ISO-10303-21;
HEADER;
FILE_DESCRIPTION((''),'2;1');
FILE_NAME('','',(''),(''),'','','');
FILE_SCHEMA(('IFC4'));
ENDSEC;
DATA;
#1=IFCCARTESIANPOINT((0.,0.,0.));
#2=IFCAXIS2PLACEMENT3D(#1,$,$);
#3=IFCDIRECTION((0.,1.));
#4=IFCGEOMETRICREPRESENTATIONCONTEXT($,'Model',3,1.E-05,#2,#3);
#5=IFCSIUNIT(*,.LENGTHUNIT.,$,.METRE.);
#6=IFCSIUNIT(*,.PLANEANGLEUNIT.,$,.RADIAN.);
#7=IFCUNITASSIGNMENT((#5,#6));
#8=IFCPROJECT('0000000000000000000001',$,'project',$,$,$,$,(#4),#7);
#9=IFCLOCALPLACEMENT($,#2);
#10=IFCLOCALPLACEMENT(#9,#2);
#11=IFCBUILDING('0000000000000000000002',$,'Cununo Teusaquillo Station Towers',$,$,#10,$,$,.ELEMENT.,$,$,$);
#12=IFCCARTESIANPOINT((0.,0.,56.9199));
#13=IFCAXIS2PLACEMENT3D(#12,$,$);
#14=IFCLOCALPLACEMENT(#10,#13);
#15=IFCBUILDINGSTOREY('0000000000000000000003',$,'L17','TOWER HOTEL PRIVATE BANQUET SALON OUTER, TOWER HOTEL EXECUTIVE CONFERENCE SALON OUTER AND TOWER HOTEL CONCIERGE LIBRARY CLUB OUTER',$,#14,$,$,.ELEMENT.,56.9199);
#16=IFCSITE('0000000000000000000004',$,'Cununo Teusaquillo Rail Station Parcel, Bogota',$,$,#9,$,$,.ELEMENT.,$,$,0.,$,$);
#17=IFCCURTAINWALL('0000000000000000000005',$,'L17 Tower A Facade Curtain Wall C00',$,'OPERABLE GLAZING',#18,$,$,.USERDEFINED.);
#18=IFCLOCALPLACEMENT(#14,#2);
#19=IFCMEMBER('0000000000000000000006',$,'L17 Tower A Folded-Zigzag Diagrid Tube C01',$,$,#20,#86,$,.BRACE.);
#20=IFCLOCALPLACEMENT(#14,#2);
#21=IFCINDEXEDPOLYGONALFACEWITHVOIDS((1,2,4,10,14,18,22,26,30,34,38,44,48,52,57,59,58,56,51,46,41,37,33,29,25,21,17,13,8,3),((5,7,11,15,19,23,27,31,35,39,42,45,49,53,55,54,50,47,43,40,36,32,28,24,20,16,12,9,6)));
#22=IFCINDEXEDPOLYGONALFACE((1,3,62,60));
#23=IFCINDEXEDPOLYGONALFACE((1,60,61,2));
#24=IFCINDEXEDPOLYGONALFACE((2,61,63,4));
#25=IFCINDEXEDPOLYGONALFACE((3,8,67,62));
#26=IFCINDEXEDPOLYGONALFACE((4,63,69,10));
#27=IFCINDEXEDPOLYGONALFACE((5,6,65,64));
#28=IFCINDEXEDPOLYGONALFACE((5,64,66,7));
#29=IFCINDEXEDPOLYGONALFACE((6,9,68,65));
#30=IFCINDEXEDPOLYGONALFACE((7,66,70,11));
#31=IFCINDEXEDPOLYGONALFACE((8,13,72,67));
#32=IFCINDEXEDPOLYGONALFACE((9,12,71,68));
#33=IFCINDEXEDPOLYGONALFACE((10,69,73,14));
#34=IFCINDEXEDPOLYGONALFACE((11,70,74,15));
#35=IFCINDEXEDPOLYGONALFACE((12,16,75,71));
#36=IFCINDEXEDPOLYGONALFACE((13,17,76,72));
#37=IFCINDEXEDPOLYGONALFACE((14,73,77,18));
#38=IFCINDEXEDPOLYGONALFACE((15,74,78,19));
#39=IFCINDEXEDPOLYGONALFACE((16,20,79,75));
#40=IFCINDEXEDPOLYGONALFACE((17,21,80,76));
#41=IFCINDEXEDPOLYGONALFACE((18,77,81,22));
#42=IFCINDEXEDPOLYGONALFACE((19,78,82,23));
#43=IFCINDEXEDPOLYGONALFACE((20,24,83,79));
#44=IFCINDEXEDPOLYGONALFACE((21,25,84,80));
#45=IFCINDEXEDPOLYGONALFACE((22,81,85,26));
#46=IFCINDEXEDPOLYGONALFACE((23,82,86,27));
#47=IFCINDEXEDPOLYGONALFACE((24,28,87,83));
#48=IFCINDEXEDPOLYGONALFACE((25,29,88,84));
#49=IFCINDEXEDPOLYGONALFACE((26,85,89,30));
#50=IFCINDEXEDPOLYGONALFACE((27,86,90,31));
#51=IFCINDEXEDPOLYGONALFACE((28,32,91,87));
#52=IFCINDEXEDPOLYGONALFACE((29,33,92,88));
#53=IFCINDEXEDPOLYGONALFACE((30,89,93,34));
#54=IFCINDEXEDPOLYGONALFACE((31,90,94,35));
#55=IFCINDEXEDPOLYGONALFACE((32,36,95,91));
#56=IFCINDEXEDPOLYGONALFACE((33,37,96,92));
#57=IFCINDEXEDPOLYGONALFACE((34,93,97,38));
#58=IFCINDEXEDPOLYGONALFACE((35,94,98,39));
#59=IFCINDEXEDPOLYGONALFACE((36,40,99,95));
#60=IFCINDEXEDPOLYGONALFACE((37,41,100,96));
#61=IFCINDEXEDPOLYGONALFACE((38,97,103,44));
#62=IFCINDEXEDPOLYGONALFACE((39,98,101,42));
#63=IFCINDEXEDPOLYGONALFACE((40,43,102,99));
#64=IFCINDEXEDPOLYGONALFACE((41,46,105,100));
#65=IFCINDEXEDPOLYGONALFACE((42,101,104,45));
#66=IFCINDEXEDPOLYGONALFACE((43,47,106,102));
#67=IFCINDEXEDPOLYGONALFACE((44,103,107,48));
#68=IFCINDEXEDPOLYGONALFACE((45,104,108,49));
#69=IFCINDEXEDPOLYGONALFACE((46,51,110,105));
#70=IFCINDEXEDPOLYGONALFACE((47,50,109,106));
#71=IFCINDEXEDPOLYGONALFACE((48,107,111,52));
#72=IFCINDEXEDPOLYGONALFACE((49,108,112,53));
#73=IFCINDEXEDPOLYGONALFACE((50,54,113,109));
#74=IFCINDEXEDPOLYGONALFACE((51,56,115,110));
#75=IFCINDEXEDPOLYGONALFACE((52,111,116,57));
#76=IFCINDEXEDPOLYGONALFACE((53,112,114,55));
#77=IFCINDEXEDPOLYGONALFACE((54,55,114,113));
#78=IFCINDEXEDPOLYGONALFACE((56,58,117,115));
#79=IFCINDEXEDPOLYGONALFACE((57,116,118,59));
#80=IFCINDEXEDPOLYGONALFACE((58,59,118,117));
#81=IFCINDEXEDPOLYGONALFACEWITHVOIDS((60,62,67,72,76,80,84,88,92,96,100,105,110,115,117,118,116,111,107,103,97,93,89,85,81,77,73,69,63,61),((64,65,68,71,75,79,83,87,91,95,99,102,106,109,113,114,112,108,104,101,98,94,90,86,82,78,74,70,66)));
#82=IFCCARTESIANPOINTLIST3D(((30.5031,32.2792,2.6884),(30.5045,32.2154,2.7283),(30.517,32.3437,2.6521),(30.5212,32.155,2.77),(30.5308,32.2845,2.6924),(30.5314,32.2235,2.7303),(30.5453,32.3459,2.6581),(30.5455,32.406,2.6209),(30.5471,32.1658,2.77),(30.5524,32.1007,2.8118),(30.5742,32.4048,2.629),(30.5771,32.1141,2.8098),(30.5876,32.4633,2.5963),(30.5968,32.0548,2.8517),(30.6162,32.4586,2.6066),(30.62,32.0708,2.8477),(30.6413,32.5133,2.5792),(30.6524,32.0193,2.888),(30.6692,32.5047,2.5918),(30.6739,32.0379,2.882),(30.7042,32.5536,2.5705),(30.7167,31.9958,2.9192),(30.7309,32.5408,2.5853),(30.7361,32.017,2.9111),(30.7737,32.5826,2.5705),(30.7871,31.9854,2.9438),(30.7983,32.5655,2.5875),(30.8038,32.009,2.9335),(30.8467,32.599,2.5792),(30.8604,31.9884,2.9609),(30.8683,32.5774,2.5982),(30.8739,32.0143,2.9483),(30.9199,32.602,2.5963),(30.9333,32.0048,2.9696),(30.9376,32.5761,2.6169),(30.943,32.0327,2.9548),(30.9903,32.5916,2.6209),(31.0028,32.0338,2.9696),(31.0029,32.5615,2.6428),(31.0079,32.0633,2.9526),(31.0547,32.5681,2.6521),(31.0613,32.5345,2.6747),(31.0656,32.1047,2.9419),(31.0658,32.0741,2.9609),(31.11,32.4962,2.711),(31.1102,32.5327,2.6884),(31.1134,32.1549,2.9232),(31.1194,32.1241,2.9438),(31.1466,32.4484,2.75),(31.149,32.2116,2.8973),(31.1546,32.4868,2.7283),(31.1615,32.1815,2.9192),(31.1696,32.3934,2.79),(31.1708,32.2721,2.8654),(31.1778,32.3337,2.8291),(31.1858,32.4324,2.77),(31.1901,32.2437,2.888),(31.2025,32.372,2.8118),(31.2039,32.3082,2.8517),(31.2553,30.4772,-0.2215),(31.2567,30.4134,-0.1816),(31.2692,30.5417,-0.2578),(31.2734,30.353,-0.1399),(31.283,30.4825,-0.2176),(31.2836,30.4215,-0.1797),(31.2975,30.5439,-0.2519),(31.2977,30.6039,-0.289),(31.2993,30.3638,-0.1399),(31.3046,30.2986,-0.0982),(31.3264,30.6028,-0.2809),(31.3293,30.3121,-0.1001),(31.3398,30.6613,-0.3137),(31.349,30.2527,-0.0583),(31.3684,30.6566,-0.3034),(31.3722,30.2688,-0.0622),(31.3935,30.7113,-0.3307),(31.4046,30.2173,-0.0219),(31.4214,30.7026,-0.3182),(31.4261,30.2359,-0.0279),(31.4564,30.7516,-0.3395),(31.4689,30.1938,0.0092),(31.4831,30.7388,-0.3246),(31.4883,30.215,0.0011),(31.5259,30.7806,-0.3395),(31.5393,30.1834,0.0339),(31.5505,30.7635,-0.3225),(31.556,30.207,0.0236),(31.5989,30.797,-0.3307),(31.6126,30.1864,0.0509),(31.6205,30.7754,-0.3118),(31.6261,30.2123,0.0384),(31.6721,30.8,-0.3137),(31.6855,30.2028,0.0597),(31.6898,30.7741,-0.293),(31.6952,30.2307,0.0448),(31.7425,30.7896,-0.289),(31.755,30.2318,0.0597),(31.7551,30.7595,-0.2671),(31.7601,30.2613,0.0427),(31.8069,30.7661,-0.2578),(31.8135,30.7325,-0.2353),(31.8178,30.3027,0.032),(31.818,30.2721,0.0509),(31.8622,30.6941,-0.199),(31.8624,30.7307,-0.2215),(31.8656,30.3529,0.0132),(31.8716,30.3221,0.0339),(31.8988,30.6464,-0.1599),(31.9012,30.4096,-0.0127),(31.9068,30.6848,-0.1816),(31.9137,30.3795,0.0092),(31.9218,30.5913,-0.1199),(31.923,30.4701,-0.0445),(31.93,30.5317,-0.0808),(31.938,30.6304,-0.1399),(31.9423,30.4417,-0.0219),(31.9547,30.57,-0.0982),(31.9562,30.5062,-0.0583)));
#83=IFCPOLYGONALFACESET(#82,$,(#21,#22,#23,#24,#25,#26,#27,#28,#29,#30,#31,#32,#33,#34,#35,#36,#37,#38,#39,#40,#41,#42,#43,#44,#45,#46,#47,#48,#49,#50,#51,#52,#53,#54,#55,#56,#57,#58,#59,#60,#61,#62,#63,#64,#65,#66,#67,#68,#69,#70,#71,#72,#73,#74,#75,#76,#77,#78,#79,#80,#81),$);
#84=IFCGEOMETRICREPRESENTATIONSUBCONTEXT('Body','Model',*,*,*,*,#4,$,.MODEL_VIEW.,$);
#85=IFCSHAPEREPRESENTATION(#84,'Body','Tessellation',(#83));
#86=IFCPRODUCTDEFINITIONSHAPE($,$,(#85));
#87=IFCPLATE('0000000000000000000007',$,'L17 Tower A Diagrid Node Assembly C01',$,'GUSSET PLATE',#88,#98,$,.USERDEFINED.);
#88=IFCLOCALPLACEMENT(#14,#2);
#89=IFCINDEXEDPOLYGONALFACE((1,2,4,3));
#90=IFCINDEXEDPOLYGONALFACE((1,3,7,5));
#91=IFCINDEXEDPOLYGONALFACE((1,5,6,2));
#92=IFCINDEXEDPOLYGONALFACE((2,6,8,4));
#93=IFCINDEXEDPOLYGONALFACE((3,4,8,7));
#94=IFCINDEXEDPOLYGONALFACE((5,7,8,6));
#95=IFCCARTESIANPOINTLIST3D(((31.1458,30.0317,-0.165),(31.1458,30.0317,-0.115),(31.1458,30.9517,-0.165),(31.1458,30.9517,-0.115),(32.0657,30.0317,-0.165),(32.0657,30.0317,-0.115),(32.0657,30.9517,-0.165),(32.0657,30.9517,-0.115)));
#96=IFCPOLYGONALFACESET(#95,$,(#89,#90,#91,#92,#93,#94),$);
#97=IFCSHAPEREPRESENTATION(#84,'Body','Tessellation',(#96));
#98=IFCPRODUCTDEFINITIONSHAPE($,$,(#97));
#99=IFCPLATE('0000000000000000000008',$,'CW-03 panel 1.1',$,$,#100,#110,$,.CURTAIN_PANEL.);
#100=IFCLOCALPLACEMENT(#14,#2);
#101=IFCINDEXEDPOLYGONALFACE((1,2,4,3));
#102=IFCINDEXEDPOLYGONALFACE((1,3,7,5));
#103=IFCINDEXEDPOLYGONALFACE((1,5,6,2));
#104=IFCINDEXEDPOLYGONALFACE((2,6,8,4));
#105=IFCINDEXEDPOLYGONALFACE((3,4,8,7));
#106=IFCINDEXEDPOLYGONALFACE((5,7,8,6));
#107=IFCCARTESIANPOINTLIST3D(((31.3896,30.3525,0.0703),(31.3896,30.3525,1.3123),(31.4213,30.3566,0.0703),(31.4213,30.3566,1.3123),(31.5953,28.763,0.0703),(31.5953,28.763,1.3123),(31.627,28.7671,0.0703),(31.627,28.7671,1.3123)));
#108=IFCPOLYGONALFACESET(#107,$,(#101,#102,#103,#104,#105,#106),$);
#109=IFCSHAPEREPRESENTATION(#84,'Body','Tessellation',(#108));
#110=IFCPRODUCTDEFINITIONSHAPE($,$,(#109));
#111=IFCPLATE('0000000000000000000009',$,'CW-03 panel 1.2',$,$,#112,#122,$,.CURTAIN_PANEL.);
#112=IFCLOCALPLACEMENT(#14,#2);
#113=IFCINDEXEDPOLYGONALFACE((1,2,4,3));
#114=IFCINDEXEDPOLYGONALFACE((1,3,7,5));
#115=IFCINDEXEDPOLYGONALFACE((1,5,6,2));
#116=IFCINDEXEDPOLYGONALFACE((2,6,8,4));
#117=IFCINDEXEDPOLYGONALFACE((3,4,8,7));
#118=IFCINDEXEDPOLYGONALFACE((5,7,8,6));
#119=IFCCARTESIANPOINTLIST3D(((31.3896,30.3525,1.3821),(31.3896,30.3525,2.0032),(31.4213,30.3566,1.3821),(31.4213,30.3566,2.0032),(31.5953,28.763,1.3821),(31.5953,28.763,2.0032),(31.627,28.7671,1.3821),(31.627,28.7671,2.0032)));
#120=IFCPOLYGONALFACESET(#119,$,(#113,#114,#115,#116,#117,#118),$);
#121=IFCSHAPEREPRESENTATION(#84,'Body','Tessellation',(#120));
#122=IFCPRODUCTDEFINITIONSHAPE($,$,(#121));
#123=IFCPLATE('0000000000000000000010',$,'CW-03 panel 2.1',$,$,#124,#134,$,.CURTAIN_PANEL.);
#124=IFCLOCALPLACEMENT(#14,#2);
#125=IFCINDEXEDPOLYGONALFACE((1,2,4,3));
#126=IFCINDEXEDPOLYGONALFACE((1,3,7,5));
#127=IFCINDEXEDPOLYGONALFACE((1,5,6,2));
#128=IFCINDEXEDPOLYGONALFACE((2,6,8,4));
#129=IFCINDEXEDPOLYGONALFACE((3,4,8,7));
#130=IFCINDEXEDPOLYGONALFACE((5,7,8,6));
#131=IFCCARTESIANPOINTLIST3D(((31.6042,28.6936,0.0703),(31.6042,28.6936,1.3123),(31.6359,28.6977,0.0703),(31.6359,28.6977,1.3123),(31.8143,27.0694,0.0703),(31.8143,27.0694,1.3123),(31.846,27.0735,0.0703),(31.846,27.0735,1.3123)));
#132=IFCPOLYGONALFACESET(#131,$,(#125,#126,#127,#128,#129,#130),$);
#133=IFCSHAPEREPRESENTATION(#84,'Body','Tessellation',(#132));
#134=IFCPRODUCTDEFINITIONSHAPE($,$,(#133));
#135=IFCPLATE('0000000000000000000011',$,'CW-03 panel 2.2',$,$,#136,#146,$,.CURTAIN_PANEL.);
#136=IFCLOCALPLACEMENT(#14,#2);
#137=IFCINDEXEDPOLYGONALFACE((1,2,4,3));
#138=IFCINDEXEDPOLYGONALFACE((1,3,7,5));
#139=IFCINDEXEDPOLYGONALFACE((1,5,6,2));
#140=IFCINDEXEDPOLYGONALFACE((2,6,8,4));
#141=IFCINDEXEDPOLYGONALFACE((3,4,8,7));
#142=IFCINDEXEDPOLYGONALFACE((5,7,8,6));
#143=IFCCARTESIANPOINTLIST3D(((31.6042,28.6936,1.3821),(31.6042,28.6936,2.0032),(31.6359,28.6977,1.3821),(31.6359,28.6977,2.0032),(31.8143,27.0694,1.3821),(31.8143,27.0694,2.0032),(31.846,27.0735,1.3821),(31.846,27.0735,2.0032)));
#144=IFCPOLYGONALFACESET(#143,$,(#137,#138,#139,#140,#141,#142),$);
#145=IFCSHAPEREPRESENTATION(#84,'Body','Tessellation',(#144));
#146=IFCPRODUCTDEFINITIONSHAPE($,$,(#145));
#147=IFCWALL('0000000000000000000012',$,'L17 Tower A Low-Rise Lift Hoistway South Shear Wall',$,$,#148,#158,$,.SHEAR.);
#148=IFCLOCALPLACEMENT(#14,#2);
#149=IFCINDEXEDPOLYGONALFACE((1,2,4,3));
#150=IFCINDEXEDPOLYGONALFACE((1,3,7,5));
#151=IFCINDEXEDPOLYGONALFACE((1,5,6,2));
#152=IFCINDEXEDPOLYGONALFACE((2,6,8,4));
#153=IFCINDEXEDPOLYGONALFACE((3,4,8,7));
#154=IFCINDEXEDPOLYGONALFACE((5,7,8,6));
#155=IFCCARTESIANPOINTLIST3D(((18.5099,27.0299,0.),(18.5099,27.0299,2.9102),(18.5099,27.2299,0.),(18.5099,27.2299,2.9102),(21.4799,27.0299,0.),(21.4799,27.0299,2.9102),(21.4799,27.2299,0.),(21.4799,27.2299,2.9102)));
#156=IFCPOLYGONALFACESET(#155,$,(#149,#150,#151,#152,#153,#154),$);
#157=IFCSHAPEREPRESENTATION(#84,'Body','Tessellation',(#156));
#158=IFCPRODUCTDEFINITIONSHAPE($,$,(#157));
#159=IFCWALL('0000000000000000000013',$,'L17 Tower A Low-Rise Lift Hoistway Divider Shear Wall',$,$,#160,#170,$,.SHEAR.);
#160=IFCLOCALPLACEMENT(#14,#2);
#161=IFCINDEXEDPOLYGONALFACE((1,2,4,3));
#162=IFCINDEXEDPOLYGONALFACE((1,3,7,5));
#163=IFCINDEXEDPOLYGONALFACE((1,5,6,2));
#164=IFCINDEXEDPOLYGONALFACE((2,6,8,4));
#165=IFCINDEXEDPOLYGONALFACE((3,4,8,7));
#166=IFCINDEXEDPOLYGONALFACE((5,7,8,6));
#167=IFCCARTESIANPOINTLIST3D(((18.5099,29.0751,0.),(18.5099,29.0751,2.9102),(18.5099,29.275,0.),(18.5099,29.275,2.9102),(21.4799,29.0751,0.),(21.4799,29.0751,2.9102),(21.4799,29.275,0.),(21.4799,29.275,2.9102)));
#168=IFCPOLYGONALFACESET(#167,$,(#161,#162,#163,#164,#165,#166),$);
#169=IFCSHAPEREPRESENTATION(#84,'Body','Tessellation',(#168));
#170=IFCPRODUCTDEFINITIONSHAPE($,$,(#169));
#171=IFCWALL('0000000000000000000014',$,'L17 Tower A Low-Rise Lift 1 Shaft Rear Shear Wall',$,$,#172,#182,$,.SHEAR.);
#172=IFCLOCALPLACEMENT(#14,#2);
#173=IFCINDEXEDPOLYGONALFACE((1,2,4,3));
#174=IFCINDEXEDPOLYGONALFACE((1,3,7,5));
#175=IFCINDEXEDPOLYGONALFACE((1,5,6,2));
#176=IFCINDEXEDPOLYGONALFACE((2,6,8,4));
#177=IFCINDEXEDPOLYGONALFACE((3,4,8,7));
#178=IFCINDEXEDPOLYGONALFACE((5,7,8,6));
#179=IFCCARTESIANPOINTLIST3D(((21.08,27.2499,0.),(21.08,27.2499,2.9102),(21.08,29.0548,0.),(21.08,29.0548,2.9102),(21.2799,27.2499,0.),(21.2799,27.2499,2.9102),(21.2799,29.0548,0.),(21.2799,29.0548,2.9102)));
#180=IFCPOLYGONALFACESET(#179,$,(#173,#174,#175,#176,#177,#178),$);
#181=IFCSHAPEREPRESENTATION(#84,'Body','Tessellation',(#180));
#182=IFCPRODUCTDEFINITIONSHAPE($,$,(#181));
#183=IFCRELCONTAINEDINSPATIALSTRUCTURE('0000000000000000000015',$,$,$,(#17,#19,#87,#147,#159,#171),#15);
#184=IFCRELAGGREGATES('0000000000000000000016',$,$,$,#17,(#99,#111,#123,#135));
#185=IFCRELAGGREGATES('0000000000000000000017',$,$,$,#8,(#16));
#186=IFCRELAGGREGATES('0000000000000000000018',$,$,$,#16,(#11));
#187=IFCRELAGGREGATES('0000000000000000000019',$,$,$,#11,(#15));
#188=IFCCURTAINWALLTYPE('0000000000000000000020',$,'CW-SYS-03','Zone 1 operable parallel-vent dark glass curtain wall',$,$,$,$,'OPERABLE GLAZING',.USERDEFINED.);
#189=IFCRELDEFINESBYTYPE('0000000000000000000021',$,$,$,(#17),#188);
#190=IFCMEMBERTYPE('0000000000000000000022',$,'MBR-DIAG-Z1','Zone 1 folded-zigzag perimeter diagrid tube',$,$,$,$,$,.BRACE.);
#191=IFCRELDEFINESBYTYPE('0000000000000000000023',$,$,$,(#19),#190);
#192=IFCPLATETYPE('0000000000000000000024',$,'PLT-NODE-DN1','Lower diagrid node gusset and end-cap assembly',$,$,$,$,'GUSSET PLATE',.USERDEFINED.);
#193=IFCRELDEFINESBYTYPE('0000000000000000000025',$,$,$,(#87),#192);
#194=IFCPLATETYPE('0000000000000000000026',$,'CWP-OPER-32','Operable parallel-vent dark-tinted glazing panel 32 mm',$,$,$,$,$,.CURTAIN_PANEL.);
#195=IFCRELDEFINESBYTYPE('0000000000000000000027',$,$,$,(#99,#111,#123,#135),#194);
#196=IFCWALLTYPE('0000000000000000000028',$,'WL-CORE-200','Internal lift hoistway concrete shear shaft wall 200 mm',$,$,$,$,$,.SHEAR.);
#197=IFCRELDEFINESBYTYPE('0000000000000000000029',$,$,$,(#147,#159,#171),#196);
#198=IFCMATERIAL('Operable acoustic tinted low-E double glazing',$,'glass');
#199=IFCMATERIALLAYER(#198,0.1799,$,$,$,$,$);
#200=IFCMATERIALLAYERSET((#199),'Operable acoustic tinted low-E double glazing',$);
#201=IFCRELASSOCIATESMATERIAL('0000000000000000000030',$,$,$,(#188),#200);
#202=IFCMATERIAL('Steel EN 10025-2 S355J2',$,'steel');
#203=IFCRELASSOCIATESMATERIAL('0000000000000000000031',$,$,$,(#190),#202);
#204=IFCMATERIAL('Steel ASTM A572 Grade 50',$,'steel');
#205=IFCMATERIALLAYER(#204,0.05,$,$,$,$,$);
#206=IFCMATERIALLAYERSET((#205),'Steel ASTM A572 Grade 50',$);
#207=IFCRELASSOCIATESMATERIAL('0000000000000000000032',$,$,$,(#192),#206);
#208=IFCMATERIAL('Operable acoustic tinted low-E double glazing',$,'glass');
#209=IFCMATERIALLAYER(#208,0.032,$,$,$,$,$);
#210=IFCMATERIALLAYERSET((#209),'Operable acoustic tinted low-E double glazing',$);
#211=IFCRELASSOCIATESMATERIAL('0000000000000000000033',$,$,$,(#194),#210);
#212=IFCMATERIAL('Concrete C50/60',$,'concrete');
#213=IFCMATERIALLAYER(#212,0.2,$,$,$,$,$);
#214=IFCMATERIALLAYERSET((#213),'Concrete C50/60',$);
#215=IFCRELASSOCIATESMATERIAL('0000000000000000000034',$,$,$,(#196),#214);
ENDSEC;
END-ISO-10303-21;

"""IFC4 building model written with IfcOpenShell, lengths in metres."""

from ifc_helpers import new_model, si_unit, direction, frame, frame_2d, origin, origin_2d, place, context, subcontext, project, spatial, rectangle, hollow_circle, extrude, source, transform, mapped, material, layer, layer_set, material_profile, profile_set, type_object, element, aggregate, save


model = new_model("IFC4")

# Units and contexts
model_context = context("Model", 3, precision=1e-05, world=origin(), true_north=direction((0.0, 1.0)))
body_context = subcontext(model_context, "Body", "Model", "MODEL_VIEW")
ifc_project = project(units=[si_unit("LENGTHUNIT", "METRE"), si_unit("PLANEANGLEUNIT", "RADIAN")], contexts=[model_context])

# Site, building, storey
site_placement = place(None, origin())
site = spatial("IfcSite", under=ifc_project, at=site_placement, Name="Cununo Teusaquillo Rail Station Parcel, Bogota", CompositionType="ELEMENT", RefElevation=0.0)
building_placement = place(site_placement, origin())
building = spatial("IfcBuilding", under=site, at=building_placement, Name="Cununo Teusaquillo Station Towers", CompositionType="ELEMENT")
storey_placement = place(building_placement, frame((0.0, 0.0, 56.9199)))
storey = spatial("IfcBuildingStorey", under=building, at=storey_placement, Name="L17", Description="TOWER HOTEL PRIVATE BANQUET SALON OUTER, TOWER HOTEL EXECUTIVE CONFERENCE SALON OUTER AND TOWER HOTEL CONCIERGE LIBRARY CLUB OUTER", CompositionType="ELEMENT", Elevation=56.9199)

# Curtain wall
ifc_material_1 = material(Name="Operable acoustic tinted low-E double glazing", Category="glass")
ifc_layer_1 = layer(ifc_material_1, 0.1799)
ifc_layer_set_1 = layer_set([ifc_layer_1], Name="Operable acoustic tinted low-E double glazing")
curtain_wall_type = type_object("IfcCurtainWallType", Name="CW-SYS-03", Description="Zone 1 operable parallel-vent dark glass curtain wall", ElementType="OPERABLE GLAZING", PredefinedType="USERDEFINED", material=ifc_layer_set_1)
curtain_wall_placement = place(storey_placement, origin())
curtain_wall = element("IfcCurtainWall", 1, at=curtain_wall_placement, inside=storey, type_object=curtain_wall_type, Name="L17 Tower A Facade Curtain Wall C00", ObjectType="OPERABLE GLAZING", PredefinedType="USERDEFINED")

# Member
ifc_material_2 = material(Name="Steel EN 10025-2 S355J2", Category="steel")
ifc_material_profile_1 = material_profile(ifc_material_2, hollow_circle(Radius=0.3601, WallThickness=0.0281, at=origin_2d()), Name="CHS 720x28")
ifc_profile_set_1 = profile_set([ifc_material_profile_1], Name="Steel EN 10025-2 S355J2")
member_type_1 = type_object("IfcMemberType", Name="MBR-DIAG-Z1", Description="Zone 1 folded-zigzag perimeter diagrid tube", PredefinedType="BRACE", material=ifc_profile_set_1)
member_1_placement = place(storey_placement, frame((31.6057, 30.4917, -0.1399), z_axis=(-0.214646, 0.514216, 0.830367), x_axis=(-0.922829, -0.38521, 0.0)))
element("IfcMember", 2, at=member_1_placement, inside=storey, type_object=member_type_1, Name="L17 Tower A Folded-Zigzag Diagrid Tube C01", PredefinedType="BRACE", context=body_context, shape_type="SweptSolid", body=[
    extrude(hollow_circle(Radius=0.3601, WallThickness=0.0281, at=origin_2d()), origin(), (0.0, 0.0, 1.0), 3.5044),
])

# Plates
ifc_material_3 = material(Name="Steel ASTM A572 Grade 50", Category="steel")
ifc_layer_2 = layer(ifc_material_3, 0.05)
ifc_layer_set_2 = layer_set([ifc_layer_2], Name="Steel ASTM A572 Grade 50")
plate_type_1 = type_object("IfcPlateType", Name="PLT-NODE-DN1", Description="Lower diagrid node gusset and end-cap assembly", ElementType="GUSSET PLATE", PredefinedType="USERDEFINED", material=ifc_layer_set_2)
shared_shape_1 = source(origin(), body_context, "Body", "SweptSolid", [
    extrude(rectangle(XDim=0.9199, YDim=0.9199, at=origin_2d()), origin(), (0.0, 0.0, 1.0), 0.05),
])
plate_1_placement = place(storey_placement, frame((31.6057, 30.4917, -0.165), z_axis=(0.0, 0.0, 1.0), x_axis=(1.0, 0.0, 0.0)))
element("IfcPlate", 3, at=plate_1_placement, inside=storey, type_object=plate_type_1, Name="L17 Tower A Diagrid Node Assembly C01", ObjectType="GUSSET PLATE", PredefinedType="USERDEFINED", context=body_context, shape_type="MappedRepresentation", body=[
    mapped(shared_shape_1, transform((0.0, 0.0, 0.0), x_axis=(1.0, 0.0, 0.0), y_axis=(0.0, 1.0, 0.0), z_axis=(0.0, 0.0, 1.0), scale=1.0)),
])
ifc_material_4 = material(Name="Operable acoustic tinted low-E double glazing", Category="glass")
ifc_layer_3 = layer(ifc_material_4, 0.032)
ifc_layer_set_3 = layer_set([ifc_layer_3], Name="Operable acoustic tinted low-E double glazing")
plate_type_2 = type_object("IfcPlateType", Name="CWP-OPER-32", Description="Operable parallel-vent dark-tinted glazing panel 32 mm", PredefinedType="CURTAIN_PANEL", material=ifc_layer_set_3)
shared_shape_2 = source(origin(), body_context, "Body", "SweptSolid", [
    extrude(rectangle(XDim=1.6028, YDim=0.032, at=origin_2d()), origin(), (0.0, 0.0, 1.0), 1.2419),
])
plate_2_placement = place(storey_placement, frame((31.5083, 29.5598, 0.0703), z_axis=(0.0, 0.0, 1.0), x_axis=(0.128336, -0.991731, 0.0)))
plate_2 = element("IfcPlate", 4, at=plate_2_placement, type_object=plate_type_2, Name="CW-03 panel 1.1", PredefinedType="CURTAIN_PANEL", context=body_context, shape_type="MappedRepresentation", body=[
    mapped(shared_shape_2, transform((0.0, 0.0, 0.0), x_axis=(1.0, 0.0, 0.0), y_axis=(0.0, 1.0, 0.0), z_axis=(0.0, 0.0, 1.0), scale=1.0)),
])
shared_shape_3 = source(origin(), body_context, "Body", "SweptSolid", [
    extrude(rectangle(XDim=1.6028, YDim=0.032, at=origin_2d()), origin(), (0.0, 0.0, 1.0), 0.6211),
])
plate_3_placement = place(storey_placement, frame((31.5083, 29.5598, 1.3821), z_axis=(0.0, 0.0, 1.0), x_axis=(0.128336, -0.991731, 0.0)))
plate_3 = element("IfcPlate", 5, at=plate_3_placement, type_object=plate_type_2, Name="CW-03 panel 1.2", PredefinedType="CURTAIN_PANEL", context=body_context, shape_type="MappedRepresentation", body=[
    mapped(shared_shape_3, transform((0.0, 0.0, 0.0), x_axis=(1.0, 0.0, 0.0), y_axis=(0.0, 1.0, 0.0), z_axis=(0.0, 0.0, 1.0), scale=1.0)),
])
shared_shape_4 = source(origin(), body_context, "Body", "SweptSolid", [
    extrude(rectangle(XDim=1.6377, YDim=0.032, at=origin_2d()), origin(), (0.0, 0.0, 1.0), 1.2419),
])
plate_4_placement = place(storey_placement, frame((31.7251, 27.8835, 0.0703), z_axis=(0.0, 0.0, 1.0), x_axis=(0.128336, -0.991731, 0.0)))
plate_4 = element("IfcPlate", 6, at=plate_4_placement, type_object=plate_type_2, Name="CW-03 panel 2.1", PredefinedType="CURTAIN_PANEL", context=body_context, shape_type="MappedRepresentation", body=[
    mapped(shared_shape_4, transform((0.0, 0.0, 0.0), x_axis=(1.0, 0.0, 0.0), y_axis=(0.0, 1.0, 0.0), z_axis=(0.0, 0.0, 1.0), scale=1.0)),
])
shared_shape_5 = source(origin(), body_context, "Body", "SweptSolid", [
    extrude(rectangle(XDim=1.6377, YDim=0.032, at=origin_2d()), origin(), (0.0, 0.0, 1.0), 0.6211),
])
plate_5_placement = place(storey_placement, frame((31.7251, 27.8835, 1.3821), z_axis=(0.0, 0.0, 1.0), x_axis=(0.128336, -0.991731, 0.0)))
plate_5 = element("IfcPlate", 7, at=plate_5_placement, type_object=plate_type_2, Name="CW-03 panel 2.2", PredefinedType="CURTAIN_PANEL", context=body_context, shape_type="MappedRepresentation", body=[
    mapped(shared_shape_5, transform((0.0, 0.0, 0.0), x_axis=(1.0, 0.0, 0.0), y_axis=(0.0, 1.0, 0.0), z_axis=(0.0, 0.0, 1.0), scale=1.0)),
])
aggregate(curtain_wall, [plate_2, plate_3, plate_4, plate_5])

# Walls
ifc_material_5 = material(Name="Concrete C50/60", Category="concrete")
ifc_layer_4 = layer(ifc_material_5, 0.2)
ifc_layer_set_4 = layer_set([ifc_layer_4], Name="Concrete C50/60")
wall_type_1 = type_object("IfcWallType", Name="WL-CORE-200", Description="Internal lift hoistway concrete shear shaft wall 200 mm", PredefinedType="SHEAR", material=ifc_layer_set_4)
for number, where, z_axis, x_axis, name in (
    (8, (18.51, 27.1299, 0.0), (0.0, 0.0, 1.0), (1.0, 0.0, 0.0), "L17 Tower A Low-Rise Lift Hoistway South Shear Wall"),
    (9, (18.51, 29.175, 0.0), (0.0, 0.0, 1.0), (1.0, 0.0, 0.0), "L17 Tower A Low-Rise Lift Hoistway Divider Shear Wall"),
):
    element("IfcWall", number, at=place(storey_placement, frame(where, z_axis=z_axis, x_axis=x_axis)), inside=storey, type_object=wall_type_1, Name=name, PredefinedType="SHEAR", context=body_context, shape_type="SweptSolid", body=[
        extrude(rectangle(XDim=2.97, YDim=0.2, at=frame_2d((1.4849, 0.0))), origin(), (0.0, 0.0, 1.0), 2.9102),
    ])
wall_1_placement = place(storey_placement, frame((21.1799, 27.25, 0.0), z_axis=(0.0, 0.0, 1.0), x_axis=(0.0, 1.0, 0.0)))
element("IfcWall", 10, at=wall_1_placement, inside=storey, type_object=wall_type_1, Name="L17 Tower A Low-Rise Lift 1 Shaft Rear Shear Wall", PredefinedType="SHEAR", context=body_context, shape_type="SweptSolid", body=[
    extrude(rectangle(XDim=1.8049, YDim=0.2, at=frame_2d((0.9023, 0.0))), origin(), (0.0, 0.0, 1.0), 2.9102),
])

save(model, "model.ifc")
